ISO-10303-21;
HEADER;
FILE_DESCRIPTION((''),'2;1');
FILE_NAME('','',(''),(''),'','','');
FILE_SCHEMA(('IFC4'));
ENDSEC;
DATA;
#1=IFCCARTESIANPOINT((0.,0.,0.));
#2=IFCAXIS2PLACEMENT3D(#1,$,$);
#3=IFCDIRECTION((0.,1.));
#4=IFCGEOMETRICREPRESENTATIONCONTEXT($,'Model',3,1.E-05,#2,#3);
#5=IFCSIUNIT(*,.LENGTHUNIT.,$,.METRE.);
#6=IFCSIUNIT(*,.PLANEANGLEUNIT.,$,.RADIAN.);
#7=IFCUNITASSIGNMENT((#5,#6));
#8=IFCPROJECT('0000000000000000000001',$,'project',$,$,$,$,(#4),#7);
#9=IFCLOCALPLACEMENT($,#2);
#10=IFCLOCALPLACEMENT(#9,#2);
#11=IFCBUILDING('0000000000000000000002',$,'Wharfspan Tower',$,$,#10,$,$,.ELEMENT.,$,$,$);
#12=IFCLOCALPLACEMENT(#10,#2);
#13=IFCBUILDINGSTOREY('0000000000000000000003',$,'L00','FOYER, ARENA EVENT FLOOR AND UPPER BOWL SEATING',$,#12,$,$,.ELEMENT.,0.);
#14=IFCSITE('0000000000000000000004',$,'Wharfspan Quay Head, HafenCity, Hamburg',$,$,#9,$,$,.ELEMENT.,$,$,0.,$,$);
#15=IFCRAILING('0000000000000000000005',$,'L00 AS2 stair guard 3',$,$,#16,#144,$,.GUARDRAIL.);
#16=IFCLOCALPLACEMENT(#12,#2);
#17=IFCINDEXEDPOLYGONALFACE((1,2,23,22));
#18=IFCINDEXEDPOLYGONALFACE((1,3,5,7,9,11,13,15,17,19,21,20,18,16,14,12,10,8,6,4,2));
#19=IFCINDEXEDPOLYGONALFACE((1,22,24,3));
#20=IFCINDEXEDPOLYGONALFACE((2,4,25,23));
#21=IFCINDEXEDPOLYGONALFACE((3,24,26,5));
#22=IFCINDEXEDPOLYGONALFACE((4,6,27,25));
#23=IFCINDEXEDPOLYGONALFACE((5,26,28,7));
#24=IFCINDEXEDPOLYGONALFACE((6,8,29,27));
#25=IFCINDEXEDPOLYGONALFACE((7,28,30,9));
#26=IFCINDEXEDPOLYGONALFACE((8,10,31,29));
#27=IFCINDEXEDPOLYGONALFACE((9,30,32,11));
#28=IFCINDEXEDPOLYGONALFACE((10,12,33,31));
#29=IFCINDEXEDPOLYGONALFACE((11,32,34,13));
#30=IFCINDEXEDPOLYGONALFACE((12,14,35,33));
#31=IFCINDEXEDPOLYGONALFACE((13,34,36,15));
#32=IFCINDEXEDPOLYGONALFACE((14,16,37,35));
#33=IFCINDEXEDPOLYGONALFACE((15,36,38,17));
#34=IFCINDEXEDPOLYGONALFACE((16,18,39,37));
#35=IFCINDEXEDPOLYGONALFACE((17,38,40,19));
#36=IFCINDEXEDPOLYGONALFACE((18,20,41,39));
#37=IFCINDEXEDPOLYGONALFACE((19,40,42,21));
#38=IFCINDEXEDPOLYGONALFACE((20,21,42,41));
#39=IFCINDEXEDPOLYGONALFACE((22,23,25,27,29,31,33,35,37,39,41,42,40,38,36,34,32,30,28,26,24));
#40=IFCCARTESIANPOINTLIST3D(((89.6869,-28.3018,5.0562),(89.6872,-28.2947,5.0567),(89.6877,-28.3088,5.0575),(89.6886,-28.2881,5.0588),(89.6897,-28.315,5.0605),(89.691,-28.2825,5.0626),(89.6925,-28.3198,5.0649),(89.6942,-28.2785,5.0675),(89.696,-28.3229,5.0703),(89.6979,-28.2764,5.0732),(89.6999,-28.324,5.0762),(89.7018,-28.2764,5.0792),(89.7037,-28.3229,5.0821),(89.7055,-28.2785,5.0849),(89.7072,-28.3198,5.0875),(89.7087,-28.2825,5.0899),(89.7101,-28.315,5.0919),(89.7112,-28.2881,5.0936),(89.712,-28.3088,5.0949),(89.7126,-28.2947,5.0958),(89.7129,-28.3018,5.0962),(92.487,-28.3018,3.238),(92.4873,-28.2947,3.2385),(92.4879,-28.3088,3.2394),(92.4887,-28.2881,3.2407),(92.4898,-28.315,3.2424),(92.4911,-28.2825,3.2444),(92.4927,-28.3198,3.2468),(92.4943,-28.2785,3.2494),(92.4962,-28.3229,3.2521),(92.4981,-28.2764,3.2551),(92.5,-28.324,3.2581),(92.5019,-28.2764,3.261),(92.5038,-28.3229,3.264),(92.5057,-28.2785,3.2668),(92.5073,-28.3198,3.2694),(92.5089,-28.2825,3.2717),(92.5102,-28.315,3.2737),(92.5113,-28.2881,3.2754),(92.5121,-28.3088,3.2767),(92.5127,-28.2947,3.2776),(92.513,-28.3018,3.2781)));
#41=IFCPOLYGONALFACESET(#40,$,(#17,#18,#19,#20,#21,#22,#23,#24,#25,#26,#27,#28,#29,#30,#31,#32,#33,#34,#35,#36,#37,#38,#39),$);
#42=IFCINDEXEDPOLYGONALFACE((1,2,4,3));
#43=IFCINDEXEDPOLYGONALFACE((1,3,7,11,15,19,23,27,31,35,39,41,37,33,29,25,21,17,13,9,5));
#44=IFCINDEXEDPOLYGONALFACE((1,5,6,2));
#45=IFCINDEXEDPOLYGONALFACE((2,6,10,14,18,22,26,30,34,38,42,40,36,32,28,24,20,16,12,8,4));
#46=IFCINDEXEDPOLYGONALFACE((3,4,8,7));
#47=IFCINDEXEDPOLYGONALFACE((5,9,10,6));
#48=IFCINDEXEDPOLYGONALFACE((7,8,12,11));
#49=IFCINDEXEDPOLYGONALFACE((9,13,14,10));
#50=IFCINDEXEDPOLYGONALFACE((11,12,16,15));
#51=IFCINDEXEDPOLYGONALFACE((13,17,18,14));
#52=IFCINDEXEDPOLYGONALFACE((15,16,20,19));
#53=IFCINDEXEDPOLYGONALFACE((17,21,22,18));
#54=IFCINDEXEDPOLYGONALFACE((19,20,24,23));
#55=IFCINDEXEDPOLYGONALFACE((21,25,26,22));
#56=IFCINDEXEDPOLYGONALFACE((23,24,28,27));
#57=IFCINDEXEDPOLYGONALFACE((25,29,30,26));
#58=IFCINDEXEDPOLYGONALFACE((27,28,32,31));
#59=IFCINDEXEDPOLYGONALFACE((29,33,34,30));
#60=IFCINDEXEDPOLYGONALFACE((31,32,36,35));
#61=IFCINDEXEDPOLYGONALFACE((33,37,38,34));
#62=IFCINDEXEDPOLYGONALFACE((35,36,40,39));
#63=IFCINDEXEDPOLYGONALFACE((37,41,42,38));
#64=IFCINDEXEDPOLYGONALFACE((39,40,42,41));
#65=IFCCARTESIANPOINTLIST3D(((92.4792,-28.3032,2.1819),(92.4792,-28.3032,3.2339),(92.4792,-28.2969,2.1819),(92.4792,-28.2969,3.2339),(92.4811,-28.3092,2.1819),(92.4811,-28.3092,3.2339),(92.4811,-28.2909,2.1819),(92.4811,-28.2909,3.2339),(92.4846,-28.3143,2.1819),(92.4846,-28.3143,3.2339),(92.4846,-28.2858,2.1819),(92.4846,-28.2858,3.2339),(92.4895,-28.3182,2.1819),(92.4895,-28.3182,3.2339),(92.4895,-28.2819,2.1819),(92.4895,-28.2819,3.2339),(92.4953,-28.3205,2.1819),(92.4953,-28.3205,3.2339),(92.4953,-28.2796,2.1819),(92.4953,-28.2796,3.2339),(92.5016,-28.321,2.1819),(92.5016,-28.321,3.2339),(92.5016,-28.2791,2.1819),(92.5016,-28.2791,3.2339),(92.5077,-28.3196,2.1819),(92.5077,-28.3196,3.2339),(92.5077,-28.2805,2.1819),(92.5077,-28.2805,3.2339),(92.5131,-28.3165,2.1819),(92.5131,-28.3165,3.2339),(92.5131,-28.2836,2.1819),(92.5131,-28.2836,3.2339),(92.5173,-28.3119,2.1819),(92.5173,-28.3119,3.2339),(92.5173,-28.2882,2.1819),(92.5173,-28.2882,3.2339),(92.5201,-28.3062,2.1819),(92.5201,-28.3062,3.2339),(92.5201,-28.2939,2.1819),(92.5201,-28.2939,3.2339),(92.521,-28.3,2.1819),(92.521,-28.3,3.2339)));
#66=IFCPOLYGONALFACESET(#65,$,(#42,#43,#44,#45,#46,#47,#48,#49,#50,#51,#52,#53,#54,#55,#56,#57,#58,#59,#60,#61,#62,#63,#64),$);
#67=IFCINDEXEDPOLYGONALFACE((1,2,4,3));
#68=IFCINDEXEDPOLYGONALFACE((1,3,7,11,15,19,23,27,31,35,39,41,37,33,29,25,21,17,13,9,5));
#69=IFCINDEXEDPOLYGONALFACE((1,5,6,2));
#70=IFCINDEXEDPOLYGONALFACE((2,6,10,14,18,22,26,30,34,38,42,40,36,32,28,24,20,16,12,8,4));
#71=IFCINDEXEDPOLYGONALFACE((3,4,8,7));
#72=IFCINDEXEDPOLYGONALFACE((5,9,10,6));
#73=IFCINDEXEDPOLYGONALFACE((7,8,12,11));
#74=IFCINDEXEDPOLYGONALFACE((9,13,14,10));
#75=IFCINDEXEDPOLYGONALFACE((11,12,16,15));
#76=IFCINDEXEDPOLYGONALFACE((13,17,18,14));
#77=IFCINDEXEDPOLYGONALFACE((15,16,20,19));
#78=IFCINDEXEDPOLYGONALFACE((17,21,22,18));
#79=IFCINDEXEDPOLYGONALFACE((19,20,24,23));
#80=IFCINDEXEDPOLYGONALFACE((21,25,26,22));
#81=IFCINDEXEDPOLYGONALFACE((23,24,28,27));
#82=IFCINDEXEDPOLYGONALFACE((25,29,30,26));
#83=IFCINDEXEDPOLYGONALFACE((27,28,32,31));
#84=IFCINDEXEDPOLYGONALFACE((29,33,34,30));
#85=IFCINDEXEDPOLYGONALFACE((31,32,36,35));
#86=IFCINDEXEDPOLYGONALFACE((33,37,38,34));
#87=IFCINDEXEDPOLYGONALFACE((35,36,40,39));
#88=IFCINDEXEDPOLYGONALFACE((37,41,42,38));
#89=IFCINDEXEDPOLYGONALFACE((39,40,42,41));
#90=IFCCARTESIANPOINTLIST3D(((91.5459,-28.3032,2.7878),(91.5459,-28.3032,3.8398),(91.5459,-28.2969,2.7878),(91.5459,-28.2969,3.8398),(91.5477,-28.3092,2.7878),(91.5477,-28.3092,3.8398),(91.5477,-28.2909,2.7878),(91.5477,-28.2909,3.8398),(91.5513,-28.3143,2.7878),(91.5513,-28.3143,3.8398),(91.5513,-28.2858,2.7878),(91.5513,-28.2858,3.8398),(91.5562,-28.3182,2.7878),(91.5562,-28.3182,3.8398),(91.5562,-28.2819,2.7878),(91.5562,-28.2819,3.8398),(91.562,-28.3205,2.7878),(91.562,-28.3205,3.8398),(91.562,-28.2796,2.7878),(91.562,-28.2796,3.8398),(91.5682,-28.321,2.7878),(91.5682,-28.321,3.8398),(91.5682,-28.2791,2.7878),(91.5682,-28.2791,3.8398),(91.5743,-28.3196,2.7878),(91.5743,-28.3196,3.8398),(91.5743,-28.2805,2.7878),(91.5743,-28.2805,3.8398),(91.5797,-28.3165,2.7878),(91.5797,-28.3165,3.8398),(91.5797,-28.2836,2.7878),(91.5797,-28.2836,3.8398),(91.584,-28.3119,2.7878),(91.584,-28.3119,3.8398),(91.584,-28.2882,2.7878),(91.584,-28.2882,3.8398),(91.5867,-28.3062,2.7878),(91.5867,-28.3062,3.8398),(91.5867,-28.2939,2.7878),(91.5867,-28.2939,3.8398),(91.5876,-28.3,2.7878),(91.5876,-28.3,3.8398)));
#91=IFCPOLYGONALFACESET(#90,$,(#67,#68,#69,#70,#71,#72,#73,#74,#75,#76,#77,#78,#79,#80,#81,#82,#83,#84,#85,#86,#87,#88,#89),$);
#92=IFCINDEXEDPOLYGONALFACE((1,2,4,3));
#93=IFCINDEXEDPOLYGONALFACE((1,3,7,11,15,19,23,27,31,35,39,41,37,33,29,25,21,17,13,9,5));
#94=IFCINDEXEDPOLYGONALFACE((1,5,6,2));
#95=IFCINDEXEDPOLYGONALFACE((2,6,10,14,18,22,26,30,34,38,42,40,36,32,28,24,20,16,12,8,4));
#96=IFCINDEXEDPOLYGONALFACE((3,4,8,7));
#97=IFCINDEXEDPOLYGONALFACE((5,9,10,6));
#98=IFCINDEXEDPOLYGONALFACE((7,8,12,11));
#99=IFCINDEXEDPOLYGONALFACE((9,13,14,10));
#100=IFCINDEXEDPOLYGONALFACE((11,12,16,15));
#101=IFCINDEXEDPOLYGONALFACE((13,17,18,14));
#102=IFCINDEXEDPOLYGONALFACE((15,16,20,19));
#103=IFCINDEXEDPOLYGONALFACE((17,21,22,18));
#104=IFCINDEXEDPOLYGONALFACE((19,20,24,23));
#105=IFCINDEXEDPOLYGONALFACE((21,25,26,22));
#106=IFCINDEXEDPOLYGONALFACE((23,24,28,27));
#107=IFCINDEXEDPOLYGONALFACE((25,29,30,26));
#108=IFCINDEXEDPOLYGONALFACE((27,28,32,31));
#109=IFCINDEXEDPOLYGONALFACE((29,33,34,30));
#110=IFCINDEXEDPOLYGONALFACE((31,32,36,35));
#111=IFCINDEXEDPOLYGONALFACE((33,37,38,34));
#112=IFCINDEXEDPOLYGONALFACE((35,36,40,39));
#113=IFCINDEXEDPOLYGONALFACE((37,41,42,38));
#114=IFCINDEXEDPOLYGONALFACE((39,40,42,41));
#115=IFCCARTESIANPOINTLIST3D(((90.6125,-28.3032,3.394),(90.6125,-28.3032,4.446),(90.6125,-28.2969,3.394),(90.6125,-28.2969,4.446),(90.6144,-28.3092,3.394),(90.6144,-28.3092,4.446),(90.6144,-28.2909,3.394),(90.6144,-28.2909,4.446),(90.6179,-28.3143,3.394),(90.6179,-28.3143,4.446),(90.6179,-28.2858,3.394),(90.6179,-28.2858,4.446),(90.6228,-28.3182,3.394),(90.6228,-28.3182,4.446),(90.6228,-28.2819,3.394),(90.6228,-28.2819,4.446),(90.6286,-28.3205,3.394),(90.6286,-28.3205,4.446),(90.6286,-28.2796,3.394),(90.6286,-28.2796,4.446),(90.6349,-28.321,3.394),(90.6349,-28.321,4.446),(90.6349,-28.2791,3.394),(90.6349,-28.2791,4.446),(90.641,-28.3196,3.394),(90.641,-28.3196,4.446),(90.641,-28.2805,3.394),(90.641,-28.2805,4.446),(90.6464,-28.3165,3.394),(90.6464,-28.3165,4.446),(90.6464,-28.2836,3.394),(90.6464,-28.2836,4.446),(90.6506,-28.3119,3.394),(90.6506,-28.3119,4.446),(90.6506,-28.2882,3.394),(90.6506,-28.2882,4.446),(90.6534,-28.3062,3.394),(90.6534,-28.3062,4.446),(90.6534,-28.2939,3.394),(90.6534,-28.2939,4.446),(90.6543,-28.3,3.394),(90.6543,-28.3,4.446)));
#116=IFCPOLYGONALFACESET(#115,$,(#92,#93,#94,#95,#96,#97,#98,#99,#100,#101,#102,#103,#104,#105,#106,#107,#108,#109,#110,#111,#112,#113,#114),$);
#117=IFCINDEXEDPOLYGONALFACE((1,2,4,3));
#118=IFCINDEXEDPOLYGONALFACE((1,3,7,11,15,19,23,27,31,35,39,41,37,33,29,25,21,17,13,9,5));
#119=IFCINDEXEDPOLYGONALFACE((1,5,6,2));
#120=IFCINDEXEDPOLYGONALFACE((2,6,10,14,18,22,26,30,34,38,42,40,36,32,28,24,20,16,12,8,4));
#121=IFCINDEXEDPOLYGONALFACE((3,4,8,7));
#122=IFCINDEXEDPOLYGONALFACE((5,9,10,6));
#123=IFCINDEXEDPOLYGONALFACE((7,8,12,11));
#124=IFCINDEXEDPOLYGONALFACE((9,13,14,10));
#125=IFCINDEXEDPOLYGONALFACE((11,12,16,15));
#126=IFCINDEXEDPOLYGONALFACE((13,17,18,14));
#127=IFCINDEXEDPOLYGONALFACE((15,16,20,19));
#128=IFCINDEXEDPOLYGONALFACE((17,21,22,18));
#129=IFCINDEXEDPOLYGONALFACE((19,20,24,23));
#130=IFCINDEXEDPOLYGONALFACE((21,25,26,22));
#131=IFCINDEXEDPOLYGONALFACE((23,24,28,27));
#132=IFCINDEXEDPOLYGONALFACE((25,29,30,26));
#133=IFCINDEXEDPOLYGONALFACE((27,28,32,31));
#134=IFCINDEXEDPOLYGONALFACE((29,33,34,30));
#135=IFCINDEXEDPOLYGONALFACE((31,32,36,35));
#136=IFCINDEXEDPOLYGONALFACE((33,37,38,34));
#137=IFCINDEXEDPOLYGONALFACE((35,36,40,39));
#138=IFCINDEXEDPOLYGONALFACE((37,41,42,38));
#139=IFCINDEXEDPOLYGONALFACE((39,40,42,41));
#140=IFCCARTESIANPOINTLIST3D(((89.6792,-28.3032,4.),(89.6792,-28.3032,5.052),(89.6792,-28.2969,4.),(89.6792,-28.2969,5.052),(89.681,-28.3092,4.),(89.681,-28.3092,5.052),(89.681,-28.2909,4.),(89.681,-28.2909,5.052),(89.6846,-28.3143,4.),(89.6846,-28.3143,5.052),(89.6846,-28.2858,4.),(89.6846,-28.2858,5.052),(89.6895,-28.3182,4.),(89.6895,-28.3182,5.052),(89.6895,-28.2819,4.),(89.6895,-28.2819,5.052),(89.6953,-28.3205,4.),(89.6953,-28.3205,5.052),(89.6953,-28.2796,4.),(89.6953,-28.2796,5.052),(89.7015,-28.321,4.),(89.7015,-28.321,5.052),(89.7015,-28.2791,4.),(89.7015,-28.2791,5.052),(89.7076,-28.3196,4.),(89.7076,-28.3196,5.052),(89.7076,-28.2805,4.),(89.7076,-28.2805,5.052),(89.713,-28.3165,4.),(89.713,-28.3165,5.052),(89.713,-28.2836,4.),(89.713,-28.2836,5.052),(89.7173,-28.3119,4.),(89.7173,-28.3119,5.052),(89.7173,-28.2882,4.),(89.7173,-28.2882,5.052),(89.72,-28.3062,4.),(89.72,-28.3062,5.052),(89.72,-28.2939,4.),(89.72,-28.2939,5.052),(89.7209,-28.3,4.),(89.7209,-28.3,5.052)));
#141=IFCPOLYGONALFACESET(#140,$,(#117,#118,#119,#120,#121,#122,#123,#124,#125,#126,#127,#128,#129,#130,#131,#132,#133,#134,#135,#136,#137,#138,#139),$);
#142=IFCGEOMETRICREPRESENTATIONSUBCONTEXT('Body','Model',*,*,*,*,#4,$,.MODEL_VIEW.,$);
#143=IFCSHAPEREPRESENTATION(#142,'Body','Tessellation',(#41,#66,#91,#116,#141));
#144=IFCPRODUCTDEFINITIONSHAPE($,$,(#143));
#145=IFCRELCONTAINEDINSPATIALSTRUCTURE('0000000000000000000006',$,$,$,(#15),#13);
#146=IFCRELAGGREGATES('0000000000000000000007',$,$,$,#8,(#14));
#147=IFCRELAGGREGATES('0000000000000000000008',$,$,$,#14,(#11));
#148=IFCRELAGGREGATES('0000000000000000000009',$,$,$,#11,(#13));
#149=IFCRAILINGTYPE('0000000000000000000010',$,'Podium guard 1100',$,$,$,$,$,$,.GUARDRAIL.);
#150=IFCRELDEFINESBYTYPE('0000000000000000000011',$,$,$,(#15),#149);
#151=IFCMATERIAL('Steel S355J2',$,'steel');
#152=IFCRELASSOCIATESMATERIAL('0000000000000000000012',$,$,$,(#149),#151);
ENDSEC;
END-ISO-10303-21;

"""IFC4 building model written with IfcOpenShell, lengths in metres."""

from ifc_helpers import new_model, si_unit, direction, frame, origin, origin_2d, place, context, subcontext, project, spatial, circle, extrude, material, type_object, element, save


model = new_model("IFC4")

# Units and contexts
model_context = context("Model", 3, precision=1e-05, world=origin(), true_north=direction((0.0, 1.0)))
body_context = subcontext(model_context, "Body", "Model", "MODEL_VIEW")
ifc_project = project(units=[si_unit("LENGTHUNIT", "METRE"), si_unit("PLANEANGLEUNIT", "RADIAN")], contexts=[model_context])

# Site, building, storey
site_placement = place(None, origin())
site = spatial("IfcSite", under=ifc_project, at=site_placement, Name="Wharfspan Quay Head, HafenCity, Hamburg", CompositionType="ELEMENT", RefElevation=0.0)
building_placement = place(site_placement, origin())
building = spatial("IfcBuilding", under=site, at=building_placement, Name="Wharfspan Tower", CompositionType="ELEMENT")
storey_placement = place(building_placement, origin())
storey = spatial("IfcBuildingStorey", under=building, at=storey_placement, Name="L00", Description="FOYER, ARENA EVENT FLOOR AND UPPER BOWL SEATING", CompositionType="ELEMENT", Elevation=0.0)

# Shared definitions
ifc_material_1 = material(Name="Steel S355J2", Category="steel")

# Railing
railing_type_1 = type_object("IfcRailingType", Name="Podium guard 1100", PredefinedType="GUARDRAIL", material=ifc_material_1)
railing_1_placement = place(storey_placement, frame((92.5, -28.3, 2.1819)))
element("IfcRailing", 1, at=railing_1_placement, inside=storey, type_object=railing_type_1, Name="L00 AS2 stair guard 3", PredefinedType="GUARDRAIL", context=body_context, shape_type="SweptSolid", body=[
    extrude(circle(Radius=0.0239, at=origin_2d()), frame((0.0, 0.0, 1.0762), z_axis=(-0.838706, 0.0, 0.544585), x_axis=(0.0, -1.0, 0.0)), (0.0, 0.0, 1.0), 3.3386),
    extrude(circle(Radius=0.021, at=origin_2d()), origin(), (0.0, 0.0, 1.0), 1.052),
    extrude(circle(Radius=0.021, at=origin_2d()), frame((-0.9334, 0.0, 0.606)), (0.0, 0.0, 1.0), 1.052),
    extrude(circle(Radius=0.021, at=origin_2d()), frame((-1.8667, 0.0, 1.2122)), (0.0, 0.0, 1.0), 1.052),
    extrude(circle(Radius=0.021, at=origin_2d()), frame((-2.8, 0.0, 1.8181)), (0.0, 0.0, 1.0), 1.052),
])

save(model, "model.ifc")
